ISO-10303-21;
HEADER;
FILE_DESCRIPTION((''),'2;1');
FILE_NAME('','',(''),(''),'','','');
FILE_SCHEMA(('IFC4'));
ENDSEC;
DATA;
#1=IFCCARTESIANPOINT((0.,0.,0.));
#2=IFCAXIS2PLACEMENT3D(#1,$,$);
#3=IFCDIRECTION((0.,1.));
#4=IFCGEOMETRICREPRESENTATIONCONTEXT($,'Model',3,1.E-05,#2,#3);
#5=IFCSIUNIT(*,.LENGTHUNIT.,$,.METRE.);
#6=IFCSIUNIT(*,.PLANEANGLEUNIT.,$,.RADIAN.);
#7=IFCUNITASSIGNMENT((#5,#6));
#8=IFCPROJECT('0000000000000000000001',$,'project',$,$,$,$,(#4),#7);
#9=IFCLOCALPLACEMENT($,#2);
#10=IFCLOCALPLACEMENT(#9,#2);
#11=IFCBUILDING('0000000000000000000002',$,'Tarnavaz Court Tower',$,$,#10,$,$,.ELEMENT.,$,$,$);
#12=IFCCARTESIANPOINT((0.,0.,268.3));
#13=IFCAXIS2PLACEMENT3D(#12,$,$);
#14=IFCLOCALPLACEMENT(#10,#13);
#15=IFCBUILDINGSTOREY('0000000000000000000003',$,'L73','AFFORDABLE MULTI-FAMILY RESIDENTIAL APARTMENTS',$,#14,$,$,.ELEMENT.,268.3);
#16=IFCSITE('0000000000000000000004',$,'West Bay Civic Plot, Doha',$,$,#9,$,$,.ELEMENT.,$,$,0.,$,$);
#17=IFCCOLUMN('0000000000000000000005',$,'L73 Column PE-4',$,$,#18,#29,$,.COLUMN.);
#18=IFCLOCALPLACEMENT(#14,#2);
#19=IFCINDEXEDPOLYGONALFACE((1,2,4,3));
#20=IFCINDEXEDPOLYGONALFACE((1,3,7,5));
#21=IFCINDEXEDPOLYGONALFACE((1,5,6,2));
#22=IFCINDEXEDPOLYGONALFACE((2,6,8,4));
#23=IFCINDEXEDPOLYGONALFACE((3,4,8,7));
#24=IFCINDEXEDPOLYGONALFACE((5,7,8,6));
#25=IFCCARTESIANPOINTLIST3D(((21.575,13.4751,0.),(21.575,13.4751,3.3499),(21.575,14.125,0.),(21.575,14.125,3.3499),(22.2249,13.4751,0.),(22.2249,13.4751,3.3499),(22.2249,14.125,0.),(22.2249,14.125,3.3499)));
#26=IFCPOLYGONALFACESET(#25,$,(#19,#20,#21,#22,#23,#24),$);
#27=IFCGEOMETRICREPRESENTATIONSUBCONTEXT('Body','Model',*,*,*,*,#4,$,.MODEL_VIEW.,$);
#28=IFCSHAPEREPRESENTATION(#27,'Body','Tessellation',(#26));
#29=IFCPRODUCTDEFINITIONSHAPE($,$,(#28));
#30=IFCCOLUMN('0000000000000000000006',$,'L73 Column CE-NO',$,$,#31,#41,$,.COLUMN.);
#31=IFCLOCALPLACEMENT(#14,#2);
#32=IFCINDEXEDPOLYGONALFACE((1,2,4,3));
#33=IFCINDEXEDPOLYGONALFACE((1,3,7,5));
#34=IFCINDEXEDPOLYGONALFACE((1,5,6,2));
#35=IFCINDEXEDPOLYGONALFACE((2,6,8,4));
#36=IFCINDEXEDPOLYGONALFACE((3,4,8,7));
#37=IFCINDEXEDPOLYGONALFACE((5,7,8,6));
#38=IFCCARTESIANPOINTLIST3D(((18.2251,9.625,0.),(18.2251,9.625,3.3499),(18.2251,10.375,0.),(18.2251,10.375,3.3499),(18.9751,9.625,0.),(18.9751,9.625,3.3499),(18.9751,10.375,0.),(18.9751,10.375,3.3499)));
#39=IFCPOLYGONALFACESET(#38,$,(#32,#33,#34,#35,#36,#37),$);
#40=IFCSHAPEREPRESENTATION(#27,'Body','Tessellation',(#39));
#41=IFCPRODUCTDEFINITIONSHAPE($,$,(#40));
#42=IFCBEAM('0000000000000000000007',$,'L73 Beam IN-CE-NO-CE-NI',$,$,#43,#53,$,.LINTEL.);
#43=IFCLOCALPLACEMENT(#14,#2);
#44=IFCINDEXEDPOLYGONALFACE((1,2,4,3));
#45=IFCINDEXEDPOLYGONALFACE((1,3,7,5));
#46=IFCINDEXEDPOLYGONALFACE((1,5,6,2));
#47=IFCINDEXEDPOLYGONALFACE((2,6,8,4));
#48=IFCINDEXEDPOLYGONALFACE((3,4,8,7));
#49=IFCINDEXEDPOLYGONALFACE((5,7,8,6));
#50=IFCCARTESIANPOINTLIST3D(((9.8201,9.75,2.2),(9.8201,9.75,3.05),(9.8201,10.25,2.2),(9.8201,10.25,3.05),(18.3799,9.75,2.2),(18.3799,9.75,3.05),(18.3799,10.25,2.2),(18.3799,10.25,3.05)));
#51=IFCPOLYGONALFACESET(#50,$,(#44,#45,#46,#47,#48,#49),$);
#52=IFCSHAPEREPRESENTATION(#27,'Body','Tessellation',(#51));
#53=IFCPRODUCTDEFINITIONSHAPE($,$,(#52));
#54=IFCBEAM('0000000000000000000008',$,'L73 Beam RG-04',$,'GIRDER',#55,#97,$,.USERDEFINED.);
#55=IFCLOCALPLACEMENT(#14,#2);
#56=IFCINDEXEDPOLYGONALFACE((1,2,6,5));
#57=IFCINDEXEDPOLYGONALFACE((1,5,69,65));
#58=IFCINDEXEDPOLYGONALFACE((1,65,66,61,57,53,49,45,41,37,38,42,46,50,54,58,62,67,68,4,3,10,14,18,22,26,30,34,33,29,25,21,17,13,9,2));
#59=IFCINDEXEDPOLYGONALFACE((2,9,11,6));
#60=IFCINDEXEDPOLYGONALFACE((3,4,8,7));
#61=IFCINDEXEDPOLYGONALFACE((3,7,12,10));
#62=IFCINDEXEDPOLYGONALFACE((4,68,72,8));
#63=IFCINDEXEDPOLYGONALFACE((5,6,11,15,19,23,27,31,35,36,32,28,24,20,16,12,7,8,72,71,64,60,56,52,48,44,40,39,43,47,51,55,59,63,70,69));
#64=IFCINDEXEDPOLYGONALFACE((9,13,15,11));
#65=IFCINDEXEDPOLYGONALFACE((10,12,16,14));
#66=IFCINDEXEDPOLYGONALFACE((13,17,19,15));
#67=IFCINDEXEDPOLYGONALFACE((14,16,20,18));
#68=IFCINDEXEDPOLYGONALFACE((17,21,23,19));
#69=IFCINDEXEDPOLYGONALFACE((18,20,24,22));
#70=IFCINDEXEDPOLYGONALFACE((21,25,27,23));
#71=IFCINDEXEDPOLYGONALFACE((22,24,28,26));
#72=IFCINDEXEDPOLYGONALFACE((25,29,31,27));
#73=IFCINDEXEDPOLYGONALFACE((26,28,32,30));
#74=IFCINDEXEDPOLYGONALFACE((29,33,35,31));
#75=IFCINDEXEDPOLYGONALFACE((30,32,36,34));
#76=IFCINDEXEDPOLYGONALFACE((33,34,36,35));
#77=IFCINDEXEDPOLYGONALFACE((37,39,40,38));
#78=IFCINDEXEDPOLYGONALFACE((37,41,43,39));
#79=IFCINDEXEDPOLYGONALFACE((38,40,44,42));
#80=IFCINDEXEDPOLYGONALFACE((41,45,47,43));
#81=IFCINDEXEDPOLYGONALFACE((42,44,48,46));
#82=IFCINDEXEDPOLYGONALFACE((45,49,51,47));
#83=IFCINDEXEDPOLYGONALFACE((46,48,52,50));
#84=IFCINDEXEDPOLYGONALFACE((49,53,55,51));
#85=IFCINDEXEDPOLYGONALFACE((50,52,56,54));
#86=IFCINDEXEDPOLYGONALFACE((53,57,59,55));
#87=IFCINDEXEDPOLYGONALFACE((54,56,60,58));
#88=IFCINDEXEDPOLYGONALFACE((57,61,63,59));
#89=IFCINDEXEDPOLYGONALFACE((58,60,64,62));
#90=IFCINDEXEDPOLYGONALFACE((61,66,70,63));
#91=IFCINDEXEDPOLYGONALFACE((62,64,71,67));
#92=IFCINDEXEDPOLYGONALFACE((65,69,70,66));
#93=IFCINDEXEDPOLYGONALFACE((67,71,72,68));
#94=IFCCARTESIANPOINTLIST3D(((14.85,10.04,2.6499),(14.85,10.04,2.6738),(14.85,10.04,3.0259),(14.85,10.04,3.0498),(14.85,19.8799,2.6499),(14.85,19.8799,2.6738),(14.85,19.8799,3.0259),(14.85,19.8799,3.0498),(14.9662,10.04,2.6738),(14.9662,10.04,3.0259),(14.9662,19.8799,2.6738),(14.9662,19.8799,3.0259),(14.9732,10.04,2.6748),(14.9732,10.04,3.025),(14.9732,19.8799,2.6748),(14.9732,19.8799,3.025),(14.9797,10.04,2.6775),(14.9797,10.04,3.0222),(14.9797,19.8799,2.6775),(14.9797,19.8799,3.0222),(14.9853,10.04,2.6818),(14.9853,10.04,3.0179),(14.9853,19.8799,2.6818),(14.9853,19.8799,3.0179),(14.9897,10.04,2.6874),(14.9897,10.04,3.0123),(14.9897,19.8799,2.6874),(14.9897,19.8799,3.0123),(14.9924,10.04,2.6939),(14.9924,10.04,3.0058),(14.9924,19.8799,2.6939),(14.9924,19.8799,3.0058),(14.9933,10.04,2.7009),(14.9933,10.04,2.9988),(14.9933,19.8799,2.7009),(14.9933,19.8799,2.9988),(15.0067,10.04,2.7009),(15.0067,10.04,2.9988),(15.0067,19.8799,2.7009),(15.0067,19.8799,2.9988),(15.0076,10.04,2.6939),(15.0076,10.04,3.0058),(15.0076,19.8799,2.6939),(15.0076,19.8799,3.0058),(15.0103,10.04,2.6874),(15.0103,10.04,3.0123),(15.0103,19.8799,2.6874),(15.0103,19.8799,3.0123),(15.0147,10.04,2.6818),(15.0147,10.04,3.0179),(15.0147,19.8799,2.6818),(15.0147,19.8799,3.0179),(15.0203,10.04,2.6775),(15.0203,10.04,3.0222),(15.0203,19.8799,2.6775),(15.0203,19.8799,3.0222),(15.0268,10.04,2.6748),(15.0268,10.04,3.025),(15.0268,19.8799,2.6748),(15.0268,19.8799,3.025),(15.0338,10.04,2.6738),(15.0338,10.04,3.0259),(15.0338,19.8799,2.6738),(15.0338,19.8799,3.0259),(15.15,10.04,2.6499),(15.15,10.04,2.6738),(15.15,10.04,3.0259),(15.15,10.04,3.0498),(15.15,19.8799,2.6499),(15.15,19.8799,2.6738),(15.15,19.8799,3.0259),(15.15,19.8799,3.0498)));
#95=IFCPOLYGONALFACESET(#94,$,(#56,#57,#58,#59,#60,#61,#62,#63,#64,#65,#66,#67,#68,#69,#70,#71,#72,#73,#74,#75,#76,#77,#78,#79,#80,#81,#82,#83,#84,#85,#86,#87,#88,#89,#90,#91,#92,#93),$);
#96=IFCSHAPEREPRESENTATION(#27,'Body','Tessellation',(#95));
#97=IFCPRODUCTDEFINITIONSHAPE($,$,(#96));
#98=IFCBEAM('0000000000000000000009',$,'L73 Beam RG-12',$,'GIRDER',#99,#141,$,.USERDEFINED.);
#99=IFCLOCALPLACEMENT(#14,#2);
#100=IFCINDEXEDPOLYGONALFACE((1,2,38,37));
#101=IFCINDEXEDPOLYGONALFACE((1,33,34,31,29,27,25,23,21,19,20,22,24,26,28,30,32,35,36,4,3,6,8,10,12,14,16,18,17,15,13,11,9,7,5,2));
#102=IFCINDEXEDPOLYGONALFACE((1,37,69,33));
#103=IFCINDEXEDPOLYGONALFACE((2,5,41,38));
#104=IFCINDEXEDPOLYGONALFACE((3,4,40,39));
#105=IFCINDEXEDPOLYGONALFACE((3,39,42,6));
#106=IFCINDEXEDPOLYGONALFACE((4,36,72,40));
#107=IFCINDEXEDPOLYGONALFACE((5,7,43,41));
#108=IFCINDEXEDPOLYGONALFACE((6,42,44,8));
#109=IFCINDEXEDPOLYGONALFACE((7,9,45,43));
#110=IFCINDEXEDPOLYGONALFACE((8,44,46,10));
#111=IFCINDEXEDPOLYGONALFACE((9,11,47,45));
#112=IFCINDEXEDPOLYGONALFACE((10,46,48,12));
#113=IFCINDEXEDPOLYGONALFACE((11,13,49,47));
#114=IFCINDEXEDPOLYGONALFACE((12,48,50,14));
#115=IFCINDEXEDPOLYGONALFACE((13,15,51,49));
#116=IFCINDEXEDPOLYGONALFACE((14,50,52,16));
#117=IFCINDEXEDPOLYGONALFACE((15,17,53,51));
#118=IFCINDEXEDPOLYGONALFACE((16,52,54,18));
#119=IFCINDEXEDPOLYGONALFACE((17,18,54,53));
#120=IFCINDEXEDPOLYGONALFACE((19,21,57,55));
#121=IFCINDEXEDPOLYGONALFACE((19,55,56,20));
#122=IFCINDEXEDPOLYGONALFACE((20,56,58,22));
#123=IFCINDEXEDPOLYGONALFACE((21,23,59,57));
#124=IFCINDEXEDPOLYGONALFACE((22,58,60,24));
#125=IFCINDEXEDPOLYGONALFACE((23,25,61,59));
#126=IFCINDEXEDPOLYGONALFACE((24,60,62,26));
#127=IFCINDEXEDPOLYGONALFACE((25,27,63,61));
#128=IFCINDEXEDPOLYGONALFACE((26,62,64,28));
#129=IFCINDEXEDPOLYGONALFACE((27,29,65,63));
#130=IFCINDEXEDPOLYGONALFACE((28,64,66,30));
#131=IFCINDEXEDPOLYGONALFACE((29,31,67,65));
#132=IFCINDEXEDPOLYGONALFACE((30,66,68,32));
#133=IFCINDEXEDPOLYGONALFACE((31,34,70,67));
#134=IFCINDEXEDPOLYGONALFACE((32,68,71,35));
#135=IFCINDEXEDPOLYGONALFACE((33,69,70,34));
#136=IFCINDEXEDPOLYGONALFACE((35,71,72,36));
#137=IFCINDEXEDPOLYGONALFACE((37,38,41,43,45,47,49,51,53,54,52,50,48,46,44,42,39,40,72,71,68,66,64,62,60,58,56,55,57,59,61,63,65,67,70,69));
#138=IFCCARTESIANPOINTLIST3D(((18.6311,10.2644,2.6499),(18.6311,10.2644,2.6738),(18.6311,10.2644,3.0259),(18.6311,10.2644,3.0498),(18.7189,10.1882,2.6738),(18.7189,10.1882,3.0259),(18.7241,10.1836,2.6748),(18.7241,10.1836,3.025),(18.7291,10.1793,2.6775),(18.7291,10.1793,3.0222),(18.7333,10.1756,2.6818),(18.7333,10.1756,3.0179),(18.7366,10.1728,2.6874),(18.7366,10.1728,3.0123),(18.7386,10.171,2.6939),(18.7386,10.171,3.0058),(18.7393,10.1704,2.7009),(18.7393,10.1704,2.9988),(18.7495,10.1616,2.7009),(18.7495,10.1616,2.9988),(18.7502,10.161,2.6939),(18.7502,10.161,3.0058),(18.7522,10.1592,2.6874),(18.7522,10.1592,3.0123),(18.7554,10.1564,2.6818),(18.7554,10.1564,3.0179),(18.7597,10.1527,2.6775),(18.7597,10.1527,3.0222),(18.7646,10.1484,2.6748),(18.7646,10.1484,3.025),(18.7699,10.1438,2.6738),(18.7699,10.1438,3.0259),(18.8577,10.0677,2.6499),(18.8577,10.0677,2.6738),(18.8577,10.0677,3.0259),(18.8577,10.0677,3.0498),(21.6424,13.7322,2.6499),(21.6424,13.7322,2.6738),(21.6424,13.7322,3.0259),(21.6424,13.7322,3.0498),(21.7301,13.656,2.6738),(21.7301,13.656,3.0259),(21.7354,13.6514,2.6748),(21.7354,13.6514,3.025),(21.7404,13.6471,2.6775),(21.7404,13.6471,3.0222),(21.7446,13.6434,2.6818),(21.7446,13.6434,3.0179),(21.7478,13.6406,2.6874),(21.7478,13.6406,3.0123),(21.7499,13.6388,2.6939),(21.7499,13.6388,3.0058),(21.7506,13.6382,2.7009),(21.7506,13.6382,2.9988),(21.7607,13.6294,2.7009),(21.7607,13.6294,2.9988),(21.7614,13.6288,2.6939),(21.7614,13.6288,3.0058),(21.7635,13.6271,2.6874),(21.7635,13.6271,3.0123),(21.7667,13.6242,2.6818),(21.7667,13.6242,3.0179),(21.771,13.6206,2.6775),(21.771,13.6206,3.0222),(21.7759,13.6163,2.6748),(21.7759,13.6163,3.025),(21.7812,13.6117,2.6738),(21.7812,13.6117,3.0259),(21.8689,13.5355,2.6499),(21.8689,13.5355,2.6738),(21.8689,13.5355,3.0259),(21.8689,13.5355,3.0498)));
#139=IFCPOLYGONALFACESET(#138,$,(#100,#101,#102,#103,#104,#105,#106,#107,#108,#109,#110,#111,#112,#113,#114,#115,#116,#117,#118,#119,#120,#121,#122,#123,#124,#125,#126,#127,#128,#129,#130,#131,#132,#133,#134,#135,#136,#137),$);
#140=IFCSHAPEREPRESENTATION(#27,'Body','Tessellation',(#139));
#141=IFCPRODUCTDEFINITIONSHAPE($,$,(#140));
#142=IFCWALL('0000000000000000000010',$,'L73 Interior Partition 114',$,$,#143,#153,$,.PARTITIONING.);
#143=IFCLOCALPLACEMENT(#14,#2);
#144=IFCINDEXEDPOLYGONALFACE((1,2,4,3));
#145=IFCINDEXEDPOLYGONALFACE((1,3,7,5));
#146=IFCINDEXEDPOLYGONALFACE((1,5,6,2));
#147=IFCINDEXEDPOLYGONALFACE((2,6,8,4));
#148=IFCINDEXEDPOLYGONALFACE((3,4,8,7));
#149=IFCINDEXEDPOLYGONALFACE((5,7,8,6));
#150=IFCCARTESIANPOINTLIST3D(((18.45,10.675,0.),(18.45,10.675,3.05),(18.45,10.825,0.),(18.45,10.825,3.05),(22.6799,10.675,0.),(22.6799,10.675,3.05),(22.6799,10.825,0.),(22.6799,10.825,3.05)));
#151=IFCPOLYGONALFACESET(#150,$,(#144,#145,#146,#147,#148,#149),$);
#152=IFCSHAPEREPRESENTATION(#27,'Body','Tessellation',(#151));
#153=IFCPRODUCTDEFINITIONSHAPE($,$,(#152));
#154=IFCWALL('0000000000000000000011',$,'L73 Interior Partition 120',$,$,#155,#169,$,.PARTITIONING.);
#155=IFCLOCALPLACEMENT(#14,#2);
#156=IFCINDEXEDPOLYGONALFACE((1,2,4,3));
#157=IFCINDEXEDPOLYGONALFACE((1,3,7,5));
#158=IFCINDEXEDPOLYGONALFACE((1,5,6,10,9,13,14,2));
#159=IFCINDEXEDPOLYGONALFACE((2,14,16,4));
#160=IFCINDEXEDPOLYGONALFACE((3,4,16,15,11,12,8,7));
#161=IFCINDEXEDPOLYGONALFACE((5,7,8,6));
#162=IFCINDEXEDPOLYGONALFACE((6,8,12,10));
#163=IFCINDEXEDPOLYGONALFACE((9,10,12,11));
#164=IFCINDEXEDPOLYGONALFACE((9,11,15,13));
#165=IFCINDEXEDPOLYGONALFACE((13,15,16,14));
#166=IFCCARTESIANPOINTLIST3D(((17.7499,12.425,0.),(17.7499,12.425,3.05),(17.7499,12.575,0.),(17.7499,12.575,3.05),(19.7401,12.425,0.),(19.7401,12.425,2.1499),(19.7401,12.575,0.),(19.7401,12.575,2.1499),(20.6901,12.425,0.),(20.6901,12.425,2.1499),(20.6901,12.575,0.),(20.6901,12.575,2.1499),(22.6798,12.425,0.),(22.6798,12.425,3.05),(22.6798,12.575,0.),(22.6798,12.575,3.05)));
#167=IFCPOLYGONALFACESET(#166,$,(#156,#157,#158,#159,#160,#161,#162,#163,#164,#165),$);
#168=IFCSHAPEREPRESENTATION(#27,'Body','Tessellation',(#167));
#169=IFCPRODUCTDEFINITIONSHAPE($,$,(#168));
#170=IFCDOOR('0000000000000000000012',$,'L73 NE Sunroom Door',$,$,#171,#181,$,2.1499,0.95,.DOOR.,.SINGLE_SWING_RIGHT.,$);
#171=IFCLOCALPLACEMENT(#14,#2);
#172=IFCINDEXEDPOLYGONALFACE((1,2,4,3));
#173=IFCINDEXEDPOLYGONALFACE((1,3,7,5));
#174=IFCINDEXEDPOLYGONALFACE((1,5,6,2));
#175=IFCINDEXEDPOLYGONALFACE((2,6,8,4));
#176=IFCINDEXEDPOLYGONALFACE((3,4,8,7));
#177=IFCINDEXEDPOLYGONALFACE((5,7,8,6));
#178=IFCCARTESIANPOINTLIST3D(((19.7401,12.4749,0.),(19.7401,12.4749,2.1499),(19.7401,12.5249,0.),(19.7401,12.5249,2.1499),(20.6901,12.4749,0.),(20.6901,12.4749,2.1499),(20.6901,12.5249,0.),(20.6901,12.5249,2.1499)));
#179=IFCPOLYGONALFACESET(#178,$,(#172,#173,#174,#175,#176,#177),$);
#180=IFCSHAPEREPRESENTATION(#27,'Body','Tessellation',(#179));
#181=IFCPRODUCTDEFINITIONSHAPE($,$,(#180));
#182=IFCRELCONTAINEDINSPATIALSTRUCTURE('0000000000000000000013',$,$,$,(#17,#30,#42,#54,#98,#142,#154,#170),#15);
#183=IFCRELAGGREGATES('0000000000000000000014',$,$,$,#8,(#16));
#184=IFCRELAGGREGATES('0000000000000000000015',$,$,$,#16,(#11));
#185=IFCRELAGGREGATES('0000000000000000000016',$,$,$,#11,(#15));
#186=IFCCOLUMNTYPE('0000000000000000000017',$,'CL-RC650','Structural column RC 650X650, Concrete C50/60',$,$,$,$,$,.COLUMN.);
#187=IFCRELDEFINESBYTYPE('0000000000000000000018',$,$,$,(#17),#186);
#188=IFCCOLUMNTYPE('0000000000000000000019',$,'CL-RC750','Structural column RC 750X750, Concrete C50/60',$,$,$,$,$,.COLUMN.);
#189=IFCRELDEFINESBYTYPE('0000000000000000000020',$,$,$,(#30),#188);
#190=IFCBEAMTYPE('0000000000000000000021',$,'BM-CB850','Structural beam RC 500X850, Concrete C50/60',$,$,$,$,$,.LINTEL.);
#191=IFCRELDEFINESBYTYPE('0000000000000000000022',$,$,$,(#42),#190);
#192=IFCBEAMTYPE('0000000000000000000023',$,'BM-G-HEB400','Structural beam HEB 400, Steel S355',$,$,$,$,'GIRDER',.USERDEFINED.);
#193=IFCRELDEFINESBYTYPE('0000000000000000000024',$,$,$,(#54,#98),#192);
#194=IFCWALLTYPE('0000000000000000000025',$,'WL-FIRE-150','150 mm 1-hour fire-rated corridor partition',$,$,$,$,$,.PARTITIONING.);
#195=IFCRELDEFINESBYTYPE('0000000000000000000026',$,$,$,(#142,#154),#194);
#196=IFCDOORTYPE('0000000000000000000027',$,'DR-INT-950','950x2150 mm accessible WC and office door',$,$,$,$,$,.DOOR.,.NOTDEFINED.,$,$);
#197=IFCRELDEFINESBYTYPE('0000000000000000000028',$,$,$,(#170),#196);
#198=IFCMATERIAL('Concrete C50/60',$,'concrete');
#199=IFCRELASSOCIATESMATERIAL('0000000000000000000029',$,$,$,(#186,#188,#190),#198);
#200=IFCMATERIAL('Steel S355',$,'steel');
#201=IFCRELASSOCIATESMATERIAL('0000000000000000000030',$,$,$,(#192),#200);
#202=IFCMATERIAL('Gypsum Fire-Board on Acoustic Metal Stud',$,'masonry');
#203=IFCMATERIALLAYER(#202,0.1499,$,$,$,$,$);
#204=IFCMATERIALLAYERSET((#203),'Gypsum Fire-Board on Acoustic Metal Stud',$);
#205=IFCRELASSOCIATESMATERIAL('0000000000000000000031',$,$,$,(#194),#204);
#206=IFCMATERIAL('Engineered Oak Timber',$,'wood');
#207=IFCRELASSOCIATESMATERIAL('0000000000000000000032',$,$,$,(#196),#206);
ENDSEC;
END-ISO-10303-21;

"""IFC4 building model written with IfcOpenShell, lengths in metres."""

from ifc_helpers import new_model, si_unit, direction, frame, frame_2d, origin, origin_2d, place, context, subcontext, project, spatial, rectangle, i_section, extrude, material, layer, layer_set, material_profile, profile_set, type_object, element, fill, save


model = new_model("IFC4")

# Units and contexts
model_context = context("Model", 3, precision=1e-05, world=origin(), true_north=direction((0.0, 1.0)))
body_context = subcontext(model_context, "Body", "Model", "MODEL_VIEW")
ifc_project = project(units=[si_unit("LENGTHUNIT", "METRE"), si_unit("PLANEANGLEUNIT", "RADIAN")], contexts=[model_context])

# Site, building, storey
site_placement = place(None, origin())
site = spatial("IfcSite", under=ifc_project, at=site_placement, Name="West Bay Civic Plot, Doha", CompositionType="ELEMENT", RefElevation=0.0)
building_placement = place(site_placement, origin())
building = spatial("IfcBuilding", under=site, at=building_placement, Name="Tarnavaz Court Tower", CompositionType="ELEMENT")
storey_placement = place(building_placement, frame((0.0, 0.0, 268.3)))
storey = spatial("IfcBuildingStorey", under=building, at=storey_placement, Name="L73", Description="AFFORDABLE MULTI-FAMILY RESIDENTIAL APARTMENTS", CompositionType="ELEMENT", Elevation=268.3)

# Columns
ifc_material_1 = material(Name="Concrete C50/60", Category="concrete")
ifc_material_profile_1 = material_profile(ifc_material_1, rectangle(XDim=0.6499, YDim=0.6499, at=origin_2d()), Name="RC 650X650")
ifc_profile_set_1 = profile_set([ifc_material_profile_1], Name="Concrete C50/60")
column_type_1 = type_object("IfcColumnType", Name="CL-RC650", Description="Structural column RC 650X650, Concrete C50/60", PredefinedType="COLUMN", material=ifc_profile_set_1)
column_1_placement = place(storey_placement, frame((21.8999, 13.8, 0.0), z_axis=(0.0, 0.0, 1.0), x_axis=(1.0, 0.0, 0.0)))
element("IfcColumn", 1, at=column_1_placement, inside=storey, type_object=column_type_1, Name="L73 Column PE-4", PredefinedType="COLUMN", context=body_context, shape_type="SweptSolid", body=[
    extrude(rectangle(XDim=0.6499, YDim=0.6499, at=origin_2d()), origin(), (0.0, 0.0, 1.0), 3.3499),
])
ifc_material_profile_2 = material_profile(ifc_material_1, rectangle(XDim=0.75, YDim=0.75, at=origin_2d()), Name="RC 750X750")
ifc_profile_set_2 = profile_set([ifc_material_profile_2], Name="Concrete C50/60")
column_type_2 = type_object("IfcColumnType", Name="CL-RC750", Description="Structural column RC 750X750, Concrete C50/60", PredefinedType="COLUMN", material=ifc_profile_set_2)
column_2_placement = place(storey_placement, frame((18.6001, 10.0, 0.0), z_axis=(0.0, 0.0, 1.0), x_axis=(1.0, 0.0, 0.0)))
element("IfcColumn", 2, at=column_2_placement, inside=storey, type_object=column_type_2, Name="L73 Column CE-NO", PredefinedType="COLUMN", context=body_context, shape_type="SweptSolid", body=[
    extrude(rectangle(XDim=0.75, YDim=0.75, at=origin_2d()), origin(), (0.0, 0.0, 1.0), 3.3499),
])

# Beams
ifc_material_profile_3 = material_profile(ifc_material_1, rectangle(XDim=0.5, YDim=0.8501, at=origin_2d()), Name="RC 500X850")
ifc_profile_set_3 = profile_set([ifc_material_profile_3], Name="Concrete C50/60")
beam_type_1 = type_object("IfcBeamType", Name="BM-CB850", Description="Structural beam RC 500X850, Concrete C50/60", PredefinedType="LINTEL", material=ifc_profile_set_3)
beam_1_placement = place(storey_placement, frame((18.3799, 10.0, 2.625), z_axis=(-1.0, 0.0, 0.0), x_axis=(0.0, -1.0, 0.0)))
element("IfcBeam", 3, at=beam_1_placement, inside=storey, type_object=beam_type_1, Name="L73 Beam IN-CE-NO-CE-NI", PredefinedType="LINTEL", context=body_context, shape_type="SweptSolid", body=[
    extrude(rectangle(XDim=0.5, YDim=0.8501, at=origin_2d()), origin(), (0.0, 0.0, 1.0), 8.5598),
])
ifc_material_2 = material(Name="Steel S355", Category="steel")
ifc_material_profile_4 = material_profile(ifc_material_2, i_section(OverallWidth=0.3, OverallDepth=0.3999, WebThickness=0.0134, FlangeThickness=0.0239, FilletRadius=0.0271, at=origin_2d()), Name="HEB 400")
ifc_profile_set_4 = profile_set([ifc_material_profile_4], Name="Steel S355")
beam_type_2 = type_object("IfcBeamType", Name="BM-G-HEB400", Description="Structural beam HEB 400, Steel S355", ElementType="GIRDER", PredefinedType="USERDEFINED", material=ifc_profile_set_4)
beam_2_placement = place(storey_placement, frame((15.0, 10.04, 2.8499), z_axis=(0.0, 1.0, 0.0), x_axis=(-1.0, 0.0, 0.0)))
element("IfcBeam", 4, at=beam_2_placement, inside=storey, type_object=beam_type_2, Name="L73 Beam RG-04", ObjectType="GIRDER", PredefinedType="USERDEFINED", context=body_context, shape_type="SweptSolid", body=[
    extrude(i_section(OverallWidth=0.3, OverallDepth=0.3999, WebThickness=0.0134, FlangeThickness=0.0239, FilletRadius=0.0271, at=origin_2d()), origin(), (0.0, 0.0, 1.0), 9.8398),
])
beam_3_placement = place(storey_placement, frame((18.7444, 10.166, 2.8499), z_axis=(0.655655, 0.755061, 0.0), x_axis=(-0.755061, 0.655655, 0.0)))
element("IfcBeam", 5, at=beam_3_placement, inside=storey, type_object=beam_type_2, Name="L73 Beam RG-12", ObjectType="GIRDER", PredefinedType="USERDEFINED", context=body_context, shape_type="SweptSolid", body=[
    extrude(i_section(OverallWidth=0.3, OverallDepth=0.3999, WebThickness=0.0134, FlangeThickness=0.0239, FilletRadius=0.0271, at=origin_2d()), origin(), (0.0, 0.0, 1.0), 4.5928),
])

# Wall
ifc_material_3 = material(Name="Gypsum Fire-Board on Acoustic Metal Stud", Category="masonry")
ifc_layer_1 = layer(ifc_material_3, 0.1499)
ifc_layer_set_1 = layer_set([ifc_layer_1], Name="Gypsum Fire-Board on Acoustic Metal Stud")
wall_type_1 = type_object("IfcWallType", Name="WL-FIRE-150", Description="150 mm 1-hour fire-rated corridor partition", PredefinedType="PARTITIONING", material=ifc_layer_set_1)
wall_1_placement = place(storey_placement, frame((18.45, 10.75, 0.0), z_axis=(0.0, 0.0, 1.0), x_axis=(1.0, 0.0, 0.0)))
element("IfcWall", 6, at=wall_1_placement, inside=storey, type_object=wall_type_1, Name="L73 Interior Partition 114", PredefinedType="PARTITIONING", context=body_context, shape_type="SweptSolid", body=[
    extrude(rectangle(XDim=4.23, YDim=0.1499, at=frame_2d((2.115, 0.0))), origin(), (0.0, 0.0, 1.0), 3.05),
])

# Wall, opening, door
wall_2_placement = place(storey_placement, frame((17.75, 12.5, 0.0), z_axis=(0.0, 0.0, 1.0), x_axis=(1.0, 0.0, 0.0)))
wall_2 = element("IfcWall", 7, at=wall_2_placement, inside=storey, type_object=wall_type_1, Name="L73 Interior Partition 120", PredefinedType="PARTITIONING", context=body_context, shape_type="SweptSolid", body=[
    extrude(rectangle(XDim=4.9299, YDim=0.1499, at=frame_2d((2.4648, 0.0))), origin(), (0.0, 0.0, 1.0), 3.05),
])
opening_1_placement = place(wall_2_placement, frame((1.99, 0.0, 0.0)))
opening_1 = element("IfcOpeningElement", 8, at=opening_1_placement, cuts=wall_2, PredefinedType="OPENING", context=body_context, shape_type="SweptSolid", body=[
    extrude(rectangle(XDim=0.95, YDim=2.1499, at=frame_2d((0.4751, 1.075))), frame((0.0, 0.085, 0.0), z_axis=(0.0, -1.0, 0.0), x_axis=(1.0, 0.0, 0.0)), (0.0, 0.0, 1.0), 0.1699),
])
ifc_material_4 = material(Name="Engineered Oak Timber", Category="wood")
door_type_1 = type_object("IfcDoorType", Name="DR-INT-950", Description="950x2150 mm accessible WC and office door", OperationType="NOTDEFINED", PredefinedType="DOOR", material=ifc_material_4)
door_1_placement = place(opening_1_placement, origin())
door_1 = element("IfcDoor", 9, at=door_1_placement, inside=storey, type_object=door_type_1, Name="L73 NE Sunroom Door", OperationType="SINGLE_SWING_RIGHT", OverallHeight=2.1499, OverallWidth=0.95, PredefinedType="DOOR", context=body_context, shape_type="SweptSolid", body=[
    extrude(rectangle(XDim=0.95, YDim=2.1499, at=frame_2d((0.4751, 1.075))), frame((0.0, 0.0249, 0.0), z_axis=(0.0, -1.0, 0.0), x_axis=(1.0, 0.0, 0.0)), (0.0, 0.0, 1.0), 0.05),
])
fill(opening_1, door_1)

save(model, "model.ifc")
